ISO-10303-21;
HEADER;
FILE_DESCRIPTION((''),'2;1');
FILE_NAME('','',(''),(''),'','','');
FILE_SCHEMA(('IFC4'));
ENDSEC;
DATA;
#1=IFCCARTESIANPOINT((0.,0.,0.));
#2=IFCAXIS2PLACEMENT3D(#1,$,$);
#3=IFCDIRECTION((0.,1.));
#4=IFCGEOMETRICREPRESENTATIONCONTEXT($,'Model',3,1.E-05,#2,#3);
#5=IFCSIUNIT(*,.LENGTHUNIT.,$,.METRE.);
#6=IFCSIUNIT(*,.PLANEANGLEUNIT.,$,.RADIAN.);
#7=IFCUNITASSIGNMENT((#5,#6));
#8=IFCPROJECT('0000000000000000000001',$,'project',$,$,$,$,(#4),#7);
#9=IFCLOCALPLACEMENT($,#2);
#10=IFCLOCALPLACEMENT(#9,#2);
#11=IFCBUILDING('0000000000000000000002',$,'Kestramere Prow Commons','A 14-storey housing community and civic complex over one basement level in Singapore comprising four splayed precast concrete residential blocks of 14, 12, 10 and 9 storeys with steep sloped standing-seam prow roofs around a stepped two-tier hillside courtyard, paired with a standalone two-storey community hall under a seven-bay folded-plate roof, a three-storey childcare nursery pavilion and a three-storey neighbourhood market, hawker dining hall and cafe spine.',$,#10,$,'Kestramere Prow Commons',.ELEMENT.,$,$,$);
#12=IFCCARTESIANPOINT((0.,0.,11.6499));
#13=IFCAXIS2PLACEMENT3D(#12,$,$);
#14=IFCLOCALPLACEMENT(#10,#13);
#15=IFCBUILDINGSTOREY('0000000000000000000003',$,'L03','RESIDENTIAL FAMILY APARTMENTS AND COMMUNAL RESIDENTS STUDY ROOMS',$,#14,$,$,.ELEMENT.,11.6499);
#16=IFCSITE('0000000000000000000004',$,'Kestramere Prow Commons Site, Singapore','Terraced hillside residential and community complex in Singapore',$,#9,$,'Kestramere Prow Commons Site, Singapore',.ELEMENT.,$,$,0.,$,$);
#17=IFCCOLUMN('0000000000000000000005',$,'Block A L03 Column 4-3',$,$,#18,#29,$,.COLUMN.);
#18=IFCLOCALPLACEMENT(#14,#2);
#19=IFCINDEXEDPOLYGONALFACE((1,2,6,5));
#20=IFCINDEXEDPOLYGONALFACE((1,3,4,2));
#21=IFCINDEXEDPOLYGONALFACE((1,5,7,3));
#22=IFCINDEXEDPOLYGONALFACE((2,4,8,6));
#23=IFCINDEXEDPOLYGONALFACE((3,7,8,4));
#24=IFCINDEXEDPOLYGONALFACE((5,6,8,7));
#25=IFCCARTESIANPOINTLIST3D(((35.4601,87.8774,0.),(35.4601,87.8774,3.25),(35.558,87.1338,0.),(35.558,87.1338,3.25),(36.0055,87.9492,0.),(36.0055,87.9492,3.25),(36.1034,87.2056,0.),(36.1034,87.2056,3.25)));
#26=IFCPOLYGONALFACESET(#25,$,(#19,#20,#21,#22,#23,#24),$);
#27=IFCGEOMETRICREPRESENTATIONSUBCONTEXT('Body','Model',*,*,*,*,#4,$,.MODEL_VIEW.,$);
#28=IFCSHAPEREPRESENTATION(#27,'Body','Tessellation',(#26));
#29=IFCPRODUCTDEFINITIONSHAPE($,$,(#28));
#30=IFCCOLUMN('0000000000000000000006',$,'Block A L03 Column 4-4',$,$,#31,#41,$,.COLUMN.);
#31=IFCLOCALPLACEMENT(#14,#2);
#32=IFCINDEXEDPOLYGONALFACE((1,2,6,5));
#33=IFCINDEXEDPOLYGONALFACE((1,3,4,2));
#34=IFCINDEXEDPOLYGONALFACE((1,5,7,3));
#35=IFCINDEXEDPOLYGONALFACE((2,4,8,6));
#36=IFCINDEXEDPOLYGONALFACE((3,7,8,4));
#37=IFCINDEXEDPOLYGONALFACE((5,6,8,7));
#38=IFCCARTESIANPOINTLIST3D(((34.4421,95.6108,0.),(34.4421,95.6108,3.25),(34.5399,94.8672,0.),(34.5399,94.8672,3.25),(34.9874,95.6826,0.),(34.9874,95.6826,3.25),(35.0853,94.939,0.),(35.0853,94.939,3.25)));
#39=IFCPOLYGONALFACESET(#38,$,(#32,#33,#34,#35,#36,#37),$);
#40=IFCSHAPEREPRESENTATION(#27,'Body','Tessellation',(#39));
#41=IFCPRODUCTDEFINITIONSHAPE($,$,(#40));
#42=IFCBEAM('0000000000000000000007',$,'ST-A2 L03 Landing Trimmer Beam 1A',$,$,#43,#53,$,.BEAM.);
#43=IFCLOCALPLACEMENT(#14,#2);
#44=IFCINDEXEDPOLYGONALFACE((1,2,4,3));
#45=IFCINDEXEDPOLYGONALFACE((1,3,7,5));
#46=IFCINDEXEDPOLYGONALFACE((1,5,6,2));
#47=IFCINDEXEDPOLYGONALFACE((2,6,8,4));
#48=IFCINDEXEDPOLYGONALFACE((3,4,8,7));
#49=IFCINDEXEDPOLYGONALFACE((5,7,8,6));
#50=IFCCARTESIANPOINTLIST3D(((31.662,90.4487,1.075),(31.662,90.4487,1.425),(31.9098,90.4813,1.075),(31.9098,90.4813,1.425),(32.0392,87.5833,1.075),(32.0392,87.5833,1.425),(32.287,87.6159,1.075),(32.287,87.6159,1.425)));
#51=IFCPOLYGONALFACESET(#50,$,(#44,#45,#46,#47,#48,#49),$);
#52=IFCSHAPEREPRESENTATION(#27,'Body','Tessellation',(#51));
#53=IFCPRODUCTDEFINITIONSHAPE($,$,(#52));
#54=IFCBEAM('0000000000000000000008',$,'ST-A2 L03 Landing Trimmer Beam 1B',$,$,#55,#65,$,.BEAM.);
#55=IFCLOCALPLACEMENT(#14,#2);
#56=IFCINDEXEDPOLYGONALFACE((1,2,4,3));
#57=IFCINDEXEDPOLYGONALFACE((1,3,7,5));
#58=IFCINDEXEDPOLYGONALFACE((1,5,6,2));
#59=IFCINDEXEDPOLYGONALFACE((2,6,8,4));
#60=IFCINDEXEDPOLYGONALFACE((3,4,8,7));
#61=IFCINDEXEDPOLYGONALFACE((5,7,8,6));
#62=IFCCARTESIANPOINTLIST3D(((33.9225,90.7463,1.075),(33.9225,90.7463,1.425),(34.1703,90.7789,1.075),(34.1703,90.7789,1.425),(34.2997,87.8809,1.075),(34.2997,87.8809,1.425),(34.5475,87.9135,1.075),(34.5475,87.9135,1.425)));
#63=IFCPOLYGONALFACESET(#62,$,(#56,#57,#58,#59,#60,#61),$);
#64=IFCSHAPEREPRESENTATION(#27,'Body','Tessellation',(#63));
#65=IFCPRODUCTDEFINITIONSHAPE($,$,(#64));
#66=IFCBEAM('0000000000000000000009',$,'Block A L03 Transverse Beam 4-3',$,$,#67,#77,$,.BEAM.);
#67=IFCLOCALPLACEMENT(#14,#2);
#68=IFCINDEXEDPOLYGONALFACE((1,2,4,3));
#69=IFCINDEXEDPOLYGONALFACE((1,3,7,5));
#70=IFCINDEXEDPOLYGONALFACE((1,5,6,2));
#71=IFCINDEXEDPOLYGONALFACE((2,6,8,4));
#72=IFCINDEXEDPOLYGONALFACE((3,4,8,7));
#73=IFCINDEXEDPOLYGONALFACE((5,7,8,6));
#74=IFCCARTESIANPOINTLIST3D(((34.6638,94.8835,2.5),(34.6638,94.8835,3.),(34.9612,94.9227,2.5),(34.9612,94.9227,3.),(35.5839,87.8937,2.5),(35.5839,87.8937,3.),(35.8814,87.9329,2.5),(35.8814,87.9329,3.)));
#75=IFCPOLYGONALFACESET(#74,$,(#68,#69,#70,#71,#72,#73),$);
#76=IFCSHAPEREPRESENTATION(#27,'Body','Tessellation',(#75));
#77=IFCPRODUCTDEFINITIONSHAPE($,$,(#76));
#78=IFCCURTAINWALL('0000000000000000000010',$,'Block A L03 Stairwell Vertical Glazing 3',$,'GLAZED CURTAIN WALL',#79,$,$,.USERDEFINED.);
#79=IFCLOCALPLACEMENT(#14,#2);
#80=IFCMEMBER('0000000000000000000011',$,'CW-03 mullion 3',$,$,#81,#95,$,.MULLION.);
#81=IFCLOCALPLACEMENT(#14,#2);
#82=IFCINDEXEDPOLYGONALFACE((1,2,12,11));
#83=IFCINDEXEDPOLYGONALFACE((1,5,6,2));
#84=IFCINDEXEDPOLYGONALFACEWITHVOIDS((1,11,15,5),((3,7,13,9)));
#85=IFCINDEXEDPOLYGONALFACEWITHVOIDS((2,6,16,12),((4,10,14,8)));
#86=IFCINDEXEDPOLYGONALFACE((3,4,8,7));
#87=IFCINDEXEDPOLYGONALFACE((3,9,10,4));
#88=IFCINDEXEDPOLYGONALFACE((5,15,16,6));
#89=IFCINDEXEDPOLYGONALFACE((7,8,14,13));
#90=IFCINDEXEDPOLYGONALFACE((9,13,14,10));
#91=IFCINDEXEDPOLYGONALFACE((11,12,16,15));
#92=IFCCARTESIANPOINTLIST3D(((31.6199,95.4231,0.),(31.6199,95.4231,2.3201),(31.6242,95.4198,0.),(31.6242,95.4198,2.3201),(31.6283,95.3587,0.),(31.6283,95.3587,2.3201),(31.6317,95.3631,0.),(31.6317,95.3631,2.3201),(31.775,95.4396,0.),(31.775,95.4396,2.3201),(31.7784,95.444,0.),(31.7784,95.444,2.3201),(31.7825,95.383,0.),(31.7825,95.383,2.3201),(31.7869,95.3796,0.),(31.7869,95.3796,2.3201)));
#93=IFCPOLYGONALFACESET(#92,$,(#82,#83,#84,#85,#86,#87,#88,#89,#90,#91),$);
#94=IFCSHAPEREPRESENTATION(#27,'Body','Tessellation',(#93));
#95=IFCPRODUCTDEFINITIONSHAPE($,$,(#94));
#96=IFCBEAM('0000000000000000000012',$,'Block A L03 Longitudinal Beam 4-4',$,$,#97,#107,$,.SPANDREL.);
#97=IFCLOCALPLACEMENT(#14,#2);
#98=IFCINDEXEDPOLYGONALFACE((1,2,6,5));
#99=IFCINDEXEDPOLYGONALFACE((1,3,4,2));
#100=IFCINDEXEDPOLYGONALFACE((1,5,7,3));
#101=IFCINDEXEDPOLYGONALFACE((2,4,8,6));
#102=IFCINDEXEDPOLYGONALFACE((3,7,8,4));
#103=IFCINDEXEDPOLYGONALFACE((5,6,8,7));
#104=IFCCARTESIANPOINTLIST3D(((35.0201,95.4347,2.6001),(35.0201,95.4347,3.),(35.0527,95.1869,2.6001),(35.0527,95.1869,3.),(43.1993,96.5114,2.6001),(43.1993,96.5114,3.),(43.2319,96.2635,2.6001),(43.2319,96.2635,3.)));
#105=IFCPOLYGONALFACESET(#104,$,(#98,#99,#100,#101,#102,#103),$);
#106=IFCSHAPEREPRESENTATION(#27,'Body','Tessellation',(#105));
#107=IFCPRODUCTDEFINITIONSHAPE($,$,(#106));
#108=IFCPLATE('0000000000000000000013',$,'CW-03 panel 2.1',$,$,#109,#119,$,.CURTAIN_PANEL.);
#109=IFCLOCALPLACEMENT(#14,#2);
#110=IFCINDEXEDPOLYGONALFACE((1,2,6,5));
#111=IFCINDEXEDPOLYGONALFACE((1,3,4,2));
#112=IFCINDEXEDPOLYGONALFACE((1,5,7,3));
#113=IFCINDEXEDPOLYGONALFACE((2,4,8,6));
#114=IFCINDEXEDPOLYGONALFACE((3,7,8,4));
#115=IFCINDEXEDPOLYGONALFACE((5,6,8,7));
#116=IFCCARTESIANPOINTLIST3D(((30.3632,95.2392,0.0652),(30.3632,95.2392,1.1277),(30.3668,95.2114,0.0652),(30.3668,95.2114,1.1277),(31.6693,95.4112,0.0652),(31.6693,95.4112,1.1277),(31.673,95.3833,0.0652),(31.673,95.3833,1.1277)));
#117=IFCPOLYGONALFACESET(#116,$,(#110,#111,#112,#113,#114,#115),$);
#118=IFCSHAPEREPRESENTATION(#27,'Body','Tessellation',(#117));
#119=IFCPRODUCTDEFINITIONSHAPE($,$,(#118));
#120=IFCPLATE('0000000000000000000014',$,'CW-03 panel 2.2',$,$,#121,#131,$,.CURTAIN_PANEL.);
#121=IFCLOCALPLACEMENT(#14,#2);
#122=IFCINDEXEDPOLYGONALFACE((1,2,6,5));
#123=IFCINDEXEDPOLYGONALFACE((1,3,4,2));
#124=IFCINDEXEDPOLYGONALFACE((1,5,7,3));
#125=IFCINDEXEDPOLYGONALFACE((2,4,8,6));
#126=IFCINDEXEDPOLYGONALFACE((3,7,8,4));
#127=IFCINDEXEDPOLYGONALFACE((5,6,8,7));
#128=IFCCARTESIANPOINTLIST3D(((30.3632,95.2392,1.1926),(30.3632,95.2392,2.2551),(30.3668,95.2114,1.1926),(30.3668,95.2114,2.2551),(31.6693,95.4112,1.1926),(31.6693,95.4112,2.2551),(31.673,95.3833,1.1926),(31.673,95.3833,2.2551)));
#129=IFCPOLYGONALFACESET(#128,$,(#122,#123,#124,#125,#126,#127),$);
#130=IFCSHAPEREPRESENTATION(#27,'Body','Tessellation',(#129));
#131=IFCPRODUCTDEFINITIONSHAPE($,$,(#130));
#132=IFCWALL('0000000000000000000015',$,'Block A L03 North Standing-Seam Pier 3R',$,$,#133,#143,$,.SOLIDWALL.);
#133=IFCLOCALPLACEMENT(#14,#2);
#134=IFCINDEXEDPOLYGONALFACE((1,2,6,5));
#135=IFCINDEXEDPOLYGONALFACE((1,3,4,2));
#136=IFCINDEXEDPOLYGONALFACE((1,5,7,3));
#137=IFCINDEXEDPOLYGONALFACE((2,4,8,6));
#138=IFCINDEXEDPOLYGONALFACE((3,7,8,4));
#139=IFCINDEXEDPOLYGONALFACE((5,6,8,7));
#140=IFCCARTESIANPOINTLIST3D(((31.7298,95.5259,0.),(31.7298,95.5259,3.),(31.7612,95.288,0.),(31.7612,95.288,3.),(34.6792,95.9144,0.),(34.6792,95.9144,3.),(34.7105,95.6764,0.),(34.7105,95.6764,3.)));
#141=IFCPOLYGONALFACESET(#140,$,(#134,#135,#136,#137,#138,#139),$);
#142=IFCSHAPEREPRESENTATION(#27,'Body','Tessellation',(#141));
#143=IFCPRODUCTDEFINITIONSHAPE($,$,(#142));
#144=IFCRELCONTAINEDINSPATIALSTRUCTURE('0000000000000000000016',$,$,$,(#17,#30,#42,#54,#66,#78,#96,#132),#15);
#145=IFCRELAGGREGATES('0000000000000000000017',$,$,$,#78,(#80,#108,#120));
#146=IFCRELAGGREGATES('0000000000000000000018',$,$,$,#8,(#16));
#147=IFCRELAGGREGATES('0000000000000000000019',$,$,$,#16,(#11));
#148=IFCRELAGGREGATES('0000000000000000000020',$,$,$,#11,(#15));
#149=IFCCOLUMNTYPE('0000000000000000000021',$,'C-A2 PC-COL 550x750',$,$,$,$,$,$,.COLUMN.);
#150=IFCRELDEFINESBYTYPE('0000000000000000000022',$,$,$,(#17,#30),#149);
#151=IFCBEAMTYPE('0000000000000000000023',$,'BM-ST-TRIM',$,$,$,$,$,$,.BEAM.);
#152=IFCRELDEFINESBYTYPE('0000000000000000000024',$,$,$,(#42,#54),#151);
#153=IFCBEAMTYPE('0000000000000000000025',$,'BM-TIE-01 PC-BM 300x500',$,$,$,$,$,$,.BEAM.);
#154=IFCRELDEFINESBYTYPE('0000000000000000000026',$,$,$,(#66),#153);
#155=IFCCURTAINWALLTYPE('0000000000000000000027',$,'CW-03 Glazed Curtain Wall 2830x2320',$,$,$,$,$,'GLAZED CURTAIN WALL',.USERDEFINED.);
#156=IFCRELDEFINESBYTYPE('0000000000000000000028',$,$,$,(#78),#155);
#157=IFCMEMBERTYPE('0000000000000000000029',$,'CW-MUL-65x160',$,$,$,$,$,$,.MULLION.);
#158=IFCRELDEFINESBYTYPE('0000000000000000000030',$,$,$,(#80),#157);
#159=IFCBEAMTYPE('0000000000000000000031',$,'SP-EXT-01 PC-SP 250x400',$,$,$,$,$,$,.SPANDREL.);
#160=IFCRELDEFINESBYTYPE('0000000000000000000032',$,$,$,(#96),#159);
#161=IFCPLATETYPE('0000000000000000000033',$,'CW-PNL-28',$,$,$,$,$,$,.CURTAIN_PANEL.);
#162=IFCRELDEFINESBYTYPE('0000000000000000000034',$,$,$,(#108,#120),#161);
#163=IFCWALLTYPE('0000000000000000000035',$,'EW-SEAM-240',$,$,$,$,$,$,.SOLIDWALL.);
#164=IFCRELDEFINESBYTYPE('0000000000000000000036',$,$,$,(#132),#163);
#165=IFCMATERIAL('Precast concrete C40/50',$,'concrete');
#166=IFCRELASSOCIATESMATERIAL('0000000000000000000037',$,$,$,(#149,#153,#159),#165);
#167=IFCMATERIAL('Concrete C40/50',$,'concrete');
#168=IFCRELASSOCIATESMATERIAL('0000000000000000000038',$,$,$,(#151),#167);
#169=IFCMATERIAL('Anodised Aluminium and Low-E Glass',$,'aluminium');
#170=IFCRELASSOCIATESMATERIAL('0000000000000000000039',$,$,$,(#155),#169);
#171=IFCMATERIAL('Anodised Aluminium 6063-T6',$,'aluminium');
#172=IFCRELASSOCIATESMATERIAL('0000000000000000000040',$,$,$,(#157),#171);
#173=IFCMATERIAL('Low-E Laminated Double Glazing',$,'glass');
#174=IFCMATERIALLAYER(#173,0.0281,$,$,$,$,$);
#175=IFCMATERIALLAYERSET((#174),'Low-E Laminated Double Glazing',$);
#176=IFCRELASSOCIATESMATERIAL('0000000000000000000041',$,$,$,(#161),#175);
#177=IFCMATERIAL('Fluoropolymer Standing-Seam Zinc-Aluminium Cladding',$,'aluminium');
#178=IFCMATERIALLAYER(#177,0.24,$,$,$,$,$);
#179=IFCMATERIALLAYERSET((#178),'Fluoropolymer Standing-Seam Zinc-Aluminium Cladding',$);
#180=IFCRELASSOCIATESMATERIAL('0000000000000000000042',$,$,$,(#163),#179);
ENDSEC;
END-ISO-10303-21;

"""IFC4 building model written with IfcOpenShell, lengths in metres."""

from ifc_helpers import new_model, si_unit, direction, frame, frame_2d, origin, origin_2d, place, context, subcontext, project, spatial, rectangle, hollow_rectangle, extrude, material, layer, layer_set, material_profile, profile_set, type_object, element, aggregate, save


model = new_model("IFC4")

# Units and contexts
model_context = context("Model", 3, precision=1e-05, world=origin(), true_north=direction((0.0, 1.0)))
body_context = subcontext(model_context, "Body", "Model", "MODEL_VIEW")
ifc_project = project(units=[si_unit("LENGTHUNIT", "METRE"), si_unit("PLANEANGLEUNIT", "RADIAN")], contexts=[model_context])

# Site, building, storey
site_placement = place(None, origin())
site = spatial("IfcSite", under=ifc_project, at=site_placement, Name="Kestramere Prow Commons Site, Singapore", Description="Terraced hillside residential and community complex in Singapore", LongName="Kestramere Prow Commons Site, Singapore", CompositionType="ELEMENT", RefElevation=0.0)
building_placement = place(site_placement, origin())
building = spatial("IfcBuilding", under=site, at=building_placement, Name="Kestramere Prow Commons", Description="A 14-storey housing community and civic complex over one basement level in Singapore comprising four splayed precast concrete residential blocks of 14, 12, 10 and 9 storeys with steep sloped standing-seam prow roofs around a stepped two-tier hillside courtyard, paired with a standalone two-storey community hall under a seven-bay folded-plate roof, a three-storey childcare nursery pavilion and a three-storey neighbourhood market, hawker dining hall and cafe spine.", LongName="Kestramere Prow Commons", CompositionType="ELEMENT")
storey_placement = place(building_placement, frame((0.0, 0.0, 11.6499)))
storey = spatial("IfcBuildingStorey", under=building, at=storey_placement, Name="L03", Description="RESIDENTIAL FAMILY APARTMENTS AND COMMUNAL RESIDENTS STUDY ROOMS", CompositionType="ELEMENT", Elevation=11.6499)

# Columns
ifc_material_1 = material(Name="Precast concrete C40/50", Category="concrete")
ifc_material_profile_1 = material_profile(ifc_material_1, rectangle(XDim=0.55, YDim=0.75, at=origin_2d()), Name="PC-COL 550x750")
ifc_profile_set_1 = profile_set([ifc_material_profile_1], Name="Precast concrete C40/50")
column_type = type_object("IfcColumnType", Name="C-A2 PC-COL 550x750", PredefinedType="COLUMN", material=ifc_profile_set_1)
for number, where, z_axis, x_axis, name in (
    (1, (35.7817, 87.5415, 0.0), (0.0, 0.0, 1.0), (0.991445, 0.130526, 0.0), "Block A L03 Column 4-3"),
    (2, (34.7637, 95.2749, 0.0), (0.0, 0.0, 1.0), (0.991445, 0.130526, 0.0), "Block A L03 Column 4-4"),
):
    element("IfcColumn", number, at=place(storey_placement, frame(where, z_axis=z_axis, x_axis=x_axis)), inside=storey, type_object=column_type, Name=name, PredefinedType="COLUMN", context=body_context, shape_type="SweptSolid", body=[
        extrude(rectangle(XDim=0.55, YDim=0.75, at=origin_2d()), origin(), (0.0, 0.0, 1.0), 3.25),
    ])

# Beams
ifc_material_2 = material(Name="Concrete C40/50", Category="concrete")
ifc_material_profile_2 = material_profile(ifc_material_2, rectangle(XDim=0.25, YDim=0.3501, at=origin_2d()), Name="PC-BM 250x350")
ifc_profile_set_2 = profile_set([ifc_material_profile_2], Name="Concrete C40/50")
beam_type_1 = type_object("IfcBeamType", Name="BM-ST-TRIM", PredefinedType="BEAM", material=ifc_profile_set_2)
for number, where, z_axis, x_axis, name in (
    (3, (32.1631, 87.5996, 1.25), (-0.130509, 0.991447, 0.0), (-0.991447, -0.130509, 0.0), "ST-A2 L03 Landing Trimmer Beam 1A"),
    (4, (34.4236, 87.8972, 1.25), (-0.130509, 0.991447, 0.0), (-0.991447, -0.130509, 0.0), "ST-A2 L03 Landing Trimmer Beam 1B"),
):
    element("IfcBeam", number, at=place(storey_placement, frame(where, z_axis=z_axis, x_axis=x_axis)), inside=storey, type_object=beam_type_1, Name=name, PredefinedType="BEAM", context=body_context, shape_type="SweptSolid", body=[
        extrude(rectangle(XDim=0.25, YDim=0.3501, at=origin_2d()), origin(), (0.0, 0.0, 1.0), 2.8901),
    ])
ifc_material_profile_3 = material_profile(ifc_material_1, rectangle(XDim=0.3, YDim=0.5, at=origin_2d()), Name="PC-BM 300x500")
ifc_profile_set_3 = profile_set([ifc_material_profile_3], Name="Precast concrete C40/50")
beam_type_2 = type_object("IfcBeamType", Name="BM-TIE-01 PC-BM 300x500", PredefinedType="BEAM", material=ifc_profile_set_3)
beam_1_placement = place(storey_placement, frame((35.7327, 87.9133, 2.75), z_axis=(-0.130519, 0.991446, 0.0), x_axis=(-0.991446, -0.130519, 0.0)))
element("IfcBeam", 5, at=beam_1_placement, inside=storey, type_object=beam_type_2, Name="Block A L03 Transverse Beam 4-3", PredefinedType="BEAM", context=body_context, shape_type="SweptSolid", body=[
    extrude(rectangle(XDim=0.3, YDim=0.5, at=origin_2d()), origin(), (0.0, 0.0, 1.0), 7.05),
])

# Curtain wall, member
ifc_material_3 = material(Name="Anodised Aluminium and Low-E Glass", Category="aluminium")
curtain_wall_type = type_object("IfcCurtainWallType", Name="CW-03 Glazed Curtain Wall 2830x2320", ElementType="GLAZED CURTAIN WALL", PredefinedType="USERDEFINED", material=ifc_material_3)
curtain_wall_placement = place(storey_placement, origin())
curtain_wall = element("IfcCurtainWall", 6, at=curtain_wall_placement, inside=storey, type_object=curtain_wall_type, Name="Block A L03 Stairwell Vertical Glazing 3", ObjectType="GLAZED CURTAIN WALL", PredefinedType="USERDEFINED")
ifc_material_4 = material(Name="Anodised Aluminium 6063-T6", Category="aluminium")
ifc_material_profile_4 = material_profile(ifc_material_4, hollow_rectangle(XDim=0.0649, YDim=0.1599, WallThickness=0.0039, at=origin_2d()), Name="ALU-MUL 65x160")
ifc_profile_set_4 = profile_set([ifc_material_profile_4], Name="Anodised Aluminium 6063-T6")
member_type = type_object("IfcMemberType", Name="CW-MUL-65x160", PredefinedType="MULLION", material=ifc_profile_set_4)
member_placement = place(storey_placement, frame((31.7034, 95.4014, 0.0), z_axis=(0.0, 0.0, 1.0), x_axis=(-0.130526, 0.991445, 0.0)))
member = element("IfcMember", 7, at=member_placement, type_object=member_type, Name="CW-03 mullion 3", PredefinedType="MULLION", context=body_context, shape_type="SweptSolid", body=[
    extrude(hollow_rectangle(XDim=0.0649, YDim=0.1599, WallThickness=0.0039, at=origin_2d()), origin(), (0.0, 0.0, 1.0), 2.3201),
])

# Beam
ifc_material_profile_5 = material_profile(ifc_material_1, rectangle(XDim=0.25, YDim=0.3999, at=origin_2d()), Name="PC-SP 250x400")
ifc_profile_set_5 = profile_set([ifc_material_profile_5], Name="Precast concrete C40/50")
beam_type_3 = type_object("IfcBeamType", Name="SP-EXT-01 PC-SP 250x400", PredefinedType="SPANDREL", material=ifc_profile_set_5)
beam_2_placement = place(storey_placement, frame((35.0364, 95.3108, 2.8), z_axis=(0.991447, 0.130508, 0.0), x_axis=(-0.130508, 0.991447, 0.0)))
element("IfcBeam", 8, at=beam_2_placement, inside=storey, type_object=beam_type_3, Name="Block A L03 Longitudinal Beam 4-4", PredefinedType="SPANDREL", context=body_context, shape_type="SweptSolid", body=[
    extrude(rectangle(XDim=0.25, YDim=0.3999, at=origin_2d()), origin(), (0.0, 0.0, 1.0), 8.2498),
])

# Plates
ifc_material_5 = material(Name="Low-E Laminated Double Glazing", Category="glass")
ifc_layer_1 = layer(ifc_material_5, 0.0281)
ifc_layer_set_1 = layer_set([ifc_layer_1], Name="Low-E Laminated Double Glazing")
plate_type = type_object("IfcPlateType", Name="CW-PNL-28", PredefinedType="CURTAIN_PANEL", material=ifc_layer_set_1)
plate_1_placement = place(storey_placement, frame((31.0181, 95.3113, 0.0652), z_axis=(0.0, 0.0, 1.0), x_axis=(0.991445, 0.130526, 0.0)))
plate_1 = element("IfcPlate", 9, at=plate_1_placement, type_object=plate_type, Name="CW-03 panel 2.1", PredefinedType="CURTAIN_PANEL", context=body_context, shape_type="SweptSolid", body=[
    extrude(rectangle(XDim=1.3174, YDim=0.0281, at=origin_2d()), origin(), (0.0, 0.0, 1.0), 1.0625),
])
plate_2_placement = place(storey_placement, frame((31.0181, 95.3113, 1.1926), z_axis=(0.0, 0.0, 1.0), x_axis=(0.991445, 0.130526, 0.0)))
plate_2 = element("IfcPlate", 10, at=plate_2_placement, type_object=plate_type, Name="CW-03 panel 2.2", PredefinedType="CURTAIN_PANEL", context=body_context, shape_type="SweptSolid", body=[
    extrude(rectangle(XDim=1.3174, YDim=0.0281, at=origin_2d()), origin(), (0.0, 0.0, 1.0), 1.0625),
])
aggregate(curtain_wall, [member, plate_1, plate_2])

# Wall
ifc_material_6 = material(Name="Fluoropolymer Standing-Seam Zinc-Aluminium Cladding", Category="aluminium")
ifc_layer_2 = layer(ifc_material_6, 0.24)
ifc_layer_set_2 = layer_set([ifc_layer_2], Name="Fluoropolymer Standing-Seam Zinc-Aluminium Cladding")
wall_type_1 = type_object("IfcWallType", Name="EW-SEAM-240", PredefinedType="SOLIDWALL", material=ifc_layer_set_2)
wall_1_placement = place(storey_placement, frame((31.7456, 95.407, 0.0), z_axis=(0.0, 0.0, 1.0), x_axis=(0.991439, 0.130567, 0.0)))
element("IfcWall", 11, at=wall_1_placement, inside=storey, type_object=wall_type_1, Name="Block A L03 North Standing-Seam Pier 3R", PredefinedType="SOLIDWALL", context=body_context, shape_type="SweptSolid", body=[
    extrude(rectangle(XDim=2.9749, YDim=0.24, at=frame_2d((1.4873, 0.0))), origin(), (0.0, 0.0, 1.0), 3.0),
])

save(model, "model.ifc")
